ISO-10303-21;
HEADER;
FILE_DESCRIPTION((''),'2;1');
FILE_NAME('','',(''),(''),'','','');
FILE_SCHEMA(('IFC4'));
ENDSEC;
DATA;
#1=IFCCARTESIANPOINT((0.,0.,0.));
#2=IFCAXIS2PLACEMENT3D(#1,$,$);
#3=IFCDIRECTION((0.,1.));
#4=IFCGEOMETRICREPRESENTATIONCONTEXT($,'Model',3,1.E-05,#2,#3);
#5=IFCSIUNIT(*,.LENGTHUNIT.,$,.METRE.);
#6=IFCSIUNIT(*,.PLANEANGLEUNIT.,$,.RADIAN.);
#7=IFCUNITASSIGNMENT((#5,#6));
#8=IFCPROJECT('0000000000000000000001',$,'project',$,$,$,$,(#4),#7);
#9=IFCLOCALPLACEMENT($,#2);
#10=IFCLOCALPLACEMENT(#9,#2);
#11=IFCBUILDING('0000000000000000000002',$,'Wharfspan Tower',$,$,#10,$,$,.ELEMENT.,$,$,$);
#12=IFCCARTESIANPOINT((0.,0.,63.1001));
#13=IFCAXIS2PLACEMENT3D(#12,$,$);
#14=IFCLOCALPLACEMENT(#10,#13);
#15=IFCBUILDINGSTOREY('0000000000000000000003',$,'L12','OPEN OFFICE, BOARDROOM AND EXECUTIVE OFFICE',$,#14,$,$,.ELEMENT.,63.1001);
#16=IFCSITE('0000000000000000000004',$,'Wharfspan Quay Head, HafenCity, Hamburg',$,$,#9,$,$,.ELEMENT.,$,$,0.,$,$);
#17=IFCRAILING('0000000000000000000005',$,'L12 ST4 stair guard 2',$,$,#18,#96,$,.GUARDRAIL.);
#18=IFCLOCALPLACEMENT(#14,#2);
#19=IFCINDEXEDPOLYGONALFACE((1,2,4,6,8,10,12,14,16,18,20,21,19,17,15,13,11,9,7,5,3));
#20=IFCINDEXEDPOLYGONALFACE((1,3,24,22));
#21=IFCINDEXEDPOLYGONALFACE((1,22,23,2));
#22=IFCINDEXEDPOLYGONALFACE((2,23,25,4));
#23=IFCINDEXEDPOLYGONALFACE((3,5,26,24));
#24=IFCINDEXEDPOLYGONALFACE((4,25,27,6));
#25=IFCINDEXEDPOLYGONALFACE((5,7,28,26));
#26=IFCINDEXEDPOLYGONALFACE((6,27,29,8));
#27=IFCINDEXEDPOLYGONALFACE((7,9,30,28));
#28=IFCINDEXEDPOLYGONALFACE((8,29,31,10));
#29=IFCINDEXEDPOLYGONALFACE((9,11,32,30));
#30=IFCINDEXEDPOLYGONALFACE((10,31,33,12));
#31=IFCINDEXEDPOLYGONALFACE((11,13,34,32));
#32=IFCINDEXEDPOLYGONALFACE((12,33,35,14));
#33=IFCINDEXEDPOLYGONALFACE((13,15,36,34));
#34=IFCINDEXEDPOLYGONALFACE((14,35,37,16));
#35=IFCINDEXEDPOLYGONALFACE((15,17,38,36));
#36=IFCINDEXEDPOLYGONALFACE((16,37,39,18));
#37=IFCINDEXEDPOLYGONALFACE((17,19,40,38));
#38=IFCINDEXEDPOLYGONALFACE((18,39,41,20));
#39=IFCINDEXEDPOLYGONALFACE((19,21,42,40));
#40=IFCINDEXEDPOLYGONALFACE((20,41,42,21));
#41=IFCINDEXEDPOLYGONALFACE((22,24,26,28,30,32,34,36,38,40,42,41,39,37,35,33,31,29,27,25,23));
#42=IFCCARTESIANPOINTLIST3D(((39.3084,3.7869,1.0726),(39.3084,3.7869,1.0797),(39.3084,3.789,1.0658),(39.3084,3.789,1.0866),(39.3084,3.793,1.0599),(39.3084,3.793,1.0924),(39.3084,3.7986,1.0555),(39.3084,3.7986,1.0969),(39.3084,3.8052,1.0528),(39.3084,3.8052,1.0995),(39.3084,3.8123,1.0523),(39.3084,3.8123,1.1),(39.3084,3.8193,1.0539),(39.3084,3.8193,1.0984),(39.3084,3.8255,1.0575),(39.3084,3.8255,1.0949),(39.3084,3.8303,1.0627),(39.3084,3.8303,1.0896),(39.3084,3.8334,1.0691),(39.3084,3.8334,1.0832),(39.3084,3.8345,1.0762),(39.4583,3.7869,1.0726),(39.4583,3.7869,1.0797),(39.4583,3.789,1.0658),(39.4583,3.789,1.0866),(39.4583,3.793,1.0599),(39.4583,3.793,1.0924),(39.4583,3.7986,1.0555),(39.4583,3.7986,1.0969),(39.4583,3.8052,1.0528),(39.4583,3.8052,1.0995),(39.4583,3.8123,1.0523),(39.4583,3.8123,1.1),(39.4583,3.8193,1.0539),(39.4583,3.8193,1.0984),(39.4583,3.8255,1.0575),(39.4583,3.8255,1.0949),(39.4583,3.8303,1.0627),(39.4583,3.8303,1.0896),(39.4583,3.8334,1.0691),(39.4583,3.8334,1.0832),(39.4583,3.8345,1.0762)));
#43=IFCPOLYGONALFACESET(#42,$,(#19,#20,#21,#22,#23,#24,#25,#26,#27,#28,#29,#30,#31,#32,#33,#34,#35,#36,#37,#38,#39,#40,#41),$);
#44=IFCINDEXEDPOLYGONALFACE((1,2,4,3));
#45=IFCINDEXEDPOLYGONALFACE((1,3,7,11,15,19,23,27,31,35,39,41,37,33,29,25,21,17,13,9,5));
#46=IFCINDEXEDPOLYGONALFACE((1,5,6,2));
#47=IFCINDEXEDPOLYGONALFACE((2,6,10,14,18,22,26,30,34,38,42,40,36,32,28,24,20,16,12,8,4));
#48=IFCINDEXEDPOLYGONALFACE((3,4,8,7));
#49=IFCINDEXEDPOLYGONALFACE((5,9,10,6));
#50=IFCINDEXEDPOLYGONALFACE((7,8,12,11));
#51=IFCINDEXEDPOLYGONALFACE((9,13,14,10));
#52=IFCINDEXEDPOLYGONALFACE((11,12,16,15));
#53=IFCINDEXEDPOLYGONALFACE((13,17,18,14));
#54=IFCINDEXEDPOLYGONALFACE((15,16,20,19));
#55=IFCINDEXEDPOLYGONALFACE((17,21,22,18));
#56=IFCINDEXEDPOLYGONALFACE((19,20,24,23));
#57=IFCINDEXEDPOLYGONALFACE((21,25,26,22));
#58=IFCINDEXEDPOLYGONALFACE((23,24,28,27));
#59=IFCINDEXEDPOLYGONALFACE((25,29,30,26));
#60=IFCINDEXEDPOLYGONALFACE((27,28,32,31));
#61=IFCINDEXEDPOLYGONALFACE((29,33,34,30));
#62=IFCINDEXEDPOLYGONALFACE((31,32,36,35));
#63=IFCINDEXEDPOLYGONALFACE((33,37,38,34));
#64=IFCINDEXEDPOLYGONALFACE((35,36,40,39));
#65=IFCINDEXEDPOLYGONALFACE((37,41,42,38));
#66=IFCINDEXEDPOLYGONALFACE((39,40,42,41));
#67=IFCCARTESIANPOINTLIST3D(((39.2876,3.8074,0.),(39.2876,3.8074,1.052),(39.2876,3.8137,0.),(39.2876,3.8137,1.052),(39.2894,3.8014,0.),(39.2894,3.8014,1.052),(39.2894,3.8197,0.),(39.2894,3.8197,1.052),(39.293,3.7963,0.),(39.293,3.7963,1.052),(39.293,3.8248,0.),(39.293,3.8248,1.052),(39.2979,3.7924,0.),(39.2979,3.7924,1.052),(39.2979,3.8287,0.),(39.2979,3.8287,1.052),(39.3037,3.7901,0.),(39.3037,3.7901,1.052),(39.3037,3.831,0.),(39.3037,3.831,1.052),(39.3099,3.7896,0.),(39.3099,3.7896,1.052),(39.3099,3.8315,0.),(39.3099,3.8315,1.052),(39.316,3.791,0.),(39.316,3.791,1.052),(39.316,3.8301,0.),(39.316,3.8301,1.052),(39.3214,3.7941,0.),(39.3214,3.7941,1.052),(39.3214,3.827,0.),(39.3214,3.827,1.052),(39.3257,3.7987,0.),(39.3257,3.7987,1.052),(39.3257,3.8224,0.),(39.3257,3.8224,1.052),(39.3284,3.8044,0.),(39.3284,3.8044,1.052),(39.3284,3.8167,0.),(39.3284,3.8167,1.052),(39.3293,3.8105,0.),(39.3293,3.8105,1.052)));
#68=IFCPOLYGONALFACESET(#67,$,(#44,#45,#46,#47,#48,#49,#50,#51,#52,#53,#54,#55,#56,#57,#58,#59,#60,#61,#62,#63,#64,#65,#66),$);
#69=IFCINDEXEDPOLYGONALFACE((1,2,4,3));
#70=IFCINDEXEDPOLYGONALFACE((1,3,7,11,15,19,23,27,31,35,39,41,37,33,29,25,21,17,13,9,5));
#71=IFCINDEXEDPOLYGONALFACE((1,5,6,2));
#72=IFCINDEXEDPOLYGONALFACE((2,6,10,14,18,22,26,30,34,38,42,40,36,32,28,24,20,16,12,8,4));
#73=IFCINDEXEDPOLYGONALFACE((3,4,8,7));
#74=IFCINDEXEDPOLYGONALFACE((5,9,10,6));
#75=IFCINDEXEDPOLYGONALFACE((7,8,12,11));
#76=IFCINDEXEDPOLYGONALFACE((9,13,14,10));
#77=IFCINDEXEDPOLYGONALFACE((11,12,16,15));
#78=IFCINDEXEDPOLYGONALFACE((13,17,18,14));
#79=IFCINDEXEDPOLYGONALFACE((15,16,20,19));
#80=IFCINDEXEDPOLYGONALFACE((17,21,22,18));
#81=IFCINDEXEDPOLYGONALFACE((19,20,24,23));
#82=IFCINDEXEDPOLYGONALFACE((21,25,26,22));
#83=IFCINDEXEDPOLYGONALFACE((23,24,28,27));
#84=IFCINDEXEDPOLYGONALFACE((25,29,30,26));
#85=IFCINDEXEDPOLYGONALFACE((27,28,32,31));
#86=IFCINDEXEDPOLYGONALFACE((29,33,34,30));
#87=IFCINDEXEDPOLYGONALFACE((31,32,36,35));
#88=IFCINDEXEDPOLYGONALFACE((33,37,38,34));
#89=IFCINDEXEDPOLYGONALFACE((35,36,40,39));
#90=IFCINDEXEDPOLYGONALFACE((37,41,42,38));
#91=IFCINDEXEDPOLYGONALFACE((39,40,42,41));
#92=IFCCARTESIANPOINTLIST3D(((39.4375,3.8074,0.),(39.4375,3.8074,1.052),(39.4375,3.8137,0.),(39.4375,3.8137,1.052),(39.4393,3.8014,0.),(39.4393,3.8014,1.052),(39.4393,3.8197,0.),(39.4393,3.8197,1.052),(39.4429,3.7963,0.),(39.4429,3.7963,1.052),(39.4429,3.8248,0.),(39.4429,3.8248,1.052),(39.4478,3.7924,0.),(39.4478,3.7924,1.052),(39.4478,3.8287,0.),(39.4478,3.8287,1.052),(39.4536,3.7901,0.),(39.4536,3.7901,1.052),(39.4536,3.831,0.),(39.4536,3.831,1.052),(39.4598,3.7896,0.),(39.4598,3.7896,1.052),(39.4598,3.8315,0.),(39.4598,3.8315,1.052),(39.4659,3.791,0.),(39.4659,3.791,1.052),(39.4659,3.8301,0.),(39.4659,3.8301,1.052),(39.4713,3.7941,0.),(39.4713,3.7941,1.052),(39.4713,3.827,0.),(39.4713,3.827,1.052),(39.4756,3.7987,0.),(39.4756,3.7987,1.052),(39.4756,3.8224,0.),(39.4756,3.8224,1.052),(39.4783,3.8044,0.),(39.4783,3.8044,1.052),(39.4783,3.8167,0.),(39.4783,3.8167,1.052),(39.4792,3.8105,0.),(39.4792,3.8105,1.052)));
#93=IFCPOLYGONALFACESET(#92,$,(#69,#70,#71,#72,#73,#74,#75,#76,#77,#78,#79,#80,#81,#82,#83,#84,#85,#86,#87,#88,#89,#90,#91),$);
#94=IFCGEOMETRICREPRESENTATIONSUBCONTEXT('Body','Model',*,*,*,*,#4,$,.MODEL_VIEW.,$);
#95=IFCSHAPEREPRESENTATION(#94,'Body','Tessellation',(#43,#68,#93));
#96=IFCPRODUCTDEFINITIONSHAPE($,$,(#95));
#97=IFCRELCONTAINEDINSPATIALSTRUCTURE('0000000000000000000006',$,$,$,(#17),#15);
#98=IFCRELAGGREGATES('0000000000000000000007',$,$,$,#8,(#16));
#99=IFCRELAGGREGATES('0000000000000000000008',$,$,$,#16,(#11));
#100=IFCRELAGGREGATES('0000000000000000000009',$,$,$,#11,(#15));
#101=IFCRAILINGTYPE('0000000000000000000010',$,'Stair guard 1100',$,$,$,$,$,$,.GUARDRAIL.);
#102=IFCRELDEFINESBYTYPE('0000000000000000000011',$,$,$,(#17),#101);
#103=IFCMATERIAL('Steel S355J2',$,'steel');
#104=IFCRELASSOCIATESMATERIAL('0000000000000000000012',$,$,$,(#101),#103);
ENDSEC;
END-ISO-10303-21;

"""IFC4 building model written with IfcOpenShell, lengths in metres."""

from ifc_helpers import new_model, si_unit, direction, frame, origin, origin_2d, place, context, subcontext, project, spatial, circle, extrude, material, type_object, element, save


model = new_model("IFC4")

# Units and contexts
model_context = context("Model", 3, precision=1e-05, world=origin(), true_north=direction((0.0, 1.0)))
body_context = subcontext(model_context, "Body", "Model", "MODEL_VIEW")
ifc_project = project(units=[si_unit("LENGTHUNIT", "METRE"), si_unit("PLANEANGLEUNIT", "RADIAN")], contexts=[model_context])

# Site, building, storey
site_placement = place(None, origin())
site = spatial("IfcSite", under=ifc_project, at=site_placement, Name="Wharfspan Quay Head, HafenCity, Hamburg", CompositionType="ELEMENT", RefElevation=0.0)
building_placement = place(site_placement, origin())
building = spatial("IfcBuilding", under=site, at=building_placement, Name="Wharfspan Tower", CompositionType="ELEMENT")
storey_placement = place(building_placement, frame((0.0, 0.0, 63.1001)))
storey = spatial("IfcBuildingStorey", under=building, at=storey_placement, Name="L12", Description="OPEN OFFICE, BOARDROOM AND EXECUTIVE OFFICE", CompositionType="ELEMENT", Elevation=63.1001)

# Shared definitions
ifc_material_1 = material(Name="Steel S355J2", Category="steel")

# Railing
railing_type_1 = type_object("IfcRailingType", Name="Stair guard 1100", PredefinedType="GUARDRAIL", material=ifc_material_1)
railing_1_placement = place(storey_placement, frame((39.3083, 3.8105, 0.0)))
element("IfcRailing", 1, at=railing_1_placement, inside=storey, type_object=railing_type_1, Name="L12 ST4 stair guard 2", PredefinedType="GUARDRAIL", context=body_context, shape_type="SweptSolid", body=[
    extrude(circle(Radius=0.0239, at=origin_2d()), frame((0.0, 0.0, 1.0762), z_axis=(1.0, 0.0, 0.0), x_axis=(0.0, 1.0, 0.0)), (0.0, 0.0, 1.0), 0.1499),
    extrude(circle(Radius=0.021, at=origin_2d()), origin(), (0.0, 0.0, 1.0), 1.052),
    extrude(circle(Radius=0.021, at=origin_2d()), frame((0.1499, 0.0, 0.0)), (0.0, 0.0, 1.0), 1.052),
])

save(model, "model.ifc")
